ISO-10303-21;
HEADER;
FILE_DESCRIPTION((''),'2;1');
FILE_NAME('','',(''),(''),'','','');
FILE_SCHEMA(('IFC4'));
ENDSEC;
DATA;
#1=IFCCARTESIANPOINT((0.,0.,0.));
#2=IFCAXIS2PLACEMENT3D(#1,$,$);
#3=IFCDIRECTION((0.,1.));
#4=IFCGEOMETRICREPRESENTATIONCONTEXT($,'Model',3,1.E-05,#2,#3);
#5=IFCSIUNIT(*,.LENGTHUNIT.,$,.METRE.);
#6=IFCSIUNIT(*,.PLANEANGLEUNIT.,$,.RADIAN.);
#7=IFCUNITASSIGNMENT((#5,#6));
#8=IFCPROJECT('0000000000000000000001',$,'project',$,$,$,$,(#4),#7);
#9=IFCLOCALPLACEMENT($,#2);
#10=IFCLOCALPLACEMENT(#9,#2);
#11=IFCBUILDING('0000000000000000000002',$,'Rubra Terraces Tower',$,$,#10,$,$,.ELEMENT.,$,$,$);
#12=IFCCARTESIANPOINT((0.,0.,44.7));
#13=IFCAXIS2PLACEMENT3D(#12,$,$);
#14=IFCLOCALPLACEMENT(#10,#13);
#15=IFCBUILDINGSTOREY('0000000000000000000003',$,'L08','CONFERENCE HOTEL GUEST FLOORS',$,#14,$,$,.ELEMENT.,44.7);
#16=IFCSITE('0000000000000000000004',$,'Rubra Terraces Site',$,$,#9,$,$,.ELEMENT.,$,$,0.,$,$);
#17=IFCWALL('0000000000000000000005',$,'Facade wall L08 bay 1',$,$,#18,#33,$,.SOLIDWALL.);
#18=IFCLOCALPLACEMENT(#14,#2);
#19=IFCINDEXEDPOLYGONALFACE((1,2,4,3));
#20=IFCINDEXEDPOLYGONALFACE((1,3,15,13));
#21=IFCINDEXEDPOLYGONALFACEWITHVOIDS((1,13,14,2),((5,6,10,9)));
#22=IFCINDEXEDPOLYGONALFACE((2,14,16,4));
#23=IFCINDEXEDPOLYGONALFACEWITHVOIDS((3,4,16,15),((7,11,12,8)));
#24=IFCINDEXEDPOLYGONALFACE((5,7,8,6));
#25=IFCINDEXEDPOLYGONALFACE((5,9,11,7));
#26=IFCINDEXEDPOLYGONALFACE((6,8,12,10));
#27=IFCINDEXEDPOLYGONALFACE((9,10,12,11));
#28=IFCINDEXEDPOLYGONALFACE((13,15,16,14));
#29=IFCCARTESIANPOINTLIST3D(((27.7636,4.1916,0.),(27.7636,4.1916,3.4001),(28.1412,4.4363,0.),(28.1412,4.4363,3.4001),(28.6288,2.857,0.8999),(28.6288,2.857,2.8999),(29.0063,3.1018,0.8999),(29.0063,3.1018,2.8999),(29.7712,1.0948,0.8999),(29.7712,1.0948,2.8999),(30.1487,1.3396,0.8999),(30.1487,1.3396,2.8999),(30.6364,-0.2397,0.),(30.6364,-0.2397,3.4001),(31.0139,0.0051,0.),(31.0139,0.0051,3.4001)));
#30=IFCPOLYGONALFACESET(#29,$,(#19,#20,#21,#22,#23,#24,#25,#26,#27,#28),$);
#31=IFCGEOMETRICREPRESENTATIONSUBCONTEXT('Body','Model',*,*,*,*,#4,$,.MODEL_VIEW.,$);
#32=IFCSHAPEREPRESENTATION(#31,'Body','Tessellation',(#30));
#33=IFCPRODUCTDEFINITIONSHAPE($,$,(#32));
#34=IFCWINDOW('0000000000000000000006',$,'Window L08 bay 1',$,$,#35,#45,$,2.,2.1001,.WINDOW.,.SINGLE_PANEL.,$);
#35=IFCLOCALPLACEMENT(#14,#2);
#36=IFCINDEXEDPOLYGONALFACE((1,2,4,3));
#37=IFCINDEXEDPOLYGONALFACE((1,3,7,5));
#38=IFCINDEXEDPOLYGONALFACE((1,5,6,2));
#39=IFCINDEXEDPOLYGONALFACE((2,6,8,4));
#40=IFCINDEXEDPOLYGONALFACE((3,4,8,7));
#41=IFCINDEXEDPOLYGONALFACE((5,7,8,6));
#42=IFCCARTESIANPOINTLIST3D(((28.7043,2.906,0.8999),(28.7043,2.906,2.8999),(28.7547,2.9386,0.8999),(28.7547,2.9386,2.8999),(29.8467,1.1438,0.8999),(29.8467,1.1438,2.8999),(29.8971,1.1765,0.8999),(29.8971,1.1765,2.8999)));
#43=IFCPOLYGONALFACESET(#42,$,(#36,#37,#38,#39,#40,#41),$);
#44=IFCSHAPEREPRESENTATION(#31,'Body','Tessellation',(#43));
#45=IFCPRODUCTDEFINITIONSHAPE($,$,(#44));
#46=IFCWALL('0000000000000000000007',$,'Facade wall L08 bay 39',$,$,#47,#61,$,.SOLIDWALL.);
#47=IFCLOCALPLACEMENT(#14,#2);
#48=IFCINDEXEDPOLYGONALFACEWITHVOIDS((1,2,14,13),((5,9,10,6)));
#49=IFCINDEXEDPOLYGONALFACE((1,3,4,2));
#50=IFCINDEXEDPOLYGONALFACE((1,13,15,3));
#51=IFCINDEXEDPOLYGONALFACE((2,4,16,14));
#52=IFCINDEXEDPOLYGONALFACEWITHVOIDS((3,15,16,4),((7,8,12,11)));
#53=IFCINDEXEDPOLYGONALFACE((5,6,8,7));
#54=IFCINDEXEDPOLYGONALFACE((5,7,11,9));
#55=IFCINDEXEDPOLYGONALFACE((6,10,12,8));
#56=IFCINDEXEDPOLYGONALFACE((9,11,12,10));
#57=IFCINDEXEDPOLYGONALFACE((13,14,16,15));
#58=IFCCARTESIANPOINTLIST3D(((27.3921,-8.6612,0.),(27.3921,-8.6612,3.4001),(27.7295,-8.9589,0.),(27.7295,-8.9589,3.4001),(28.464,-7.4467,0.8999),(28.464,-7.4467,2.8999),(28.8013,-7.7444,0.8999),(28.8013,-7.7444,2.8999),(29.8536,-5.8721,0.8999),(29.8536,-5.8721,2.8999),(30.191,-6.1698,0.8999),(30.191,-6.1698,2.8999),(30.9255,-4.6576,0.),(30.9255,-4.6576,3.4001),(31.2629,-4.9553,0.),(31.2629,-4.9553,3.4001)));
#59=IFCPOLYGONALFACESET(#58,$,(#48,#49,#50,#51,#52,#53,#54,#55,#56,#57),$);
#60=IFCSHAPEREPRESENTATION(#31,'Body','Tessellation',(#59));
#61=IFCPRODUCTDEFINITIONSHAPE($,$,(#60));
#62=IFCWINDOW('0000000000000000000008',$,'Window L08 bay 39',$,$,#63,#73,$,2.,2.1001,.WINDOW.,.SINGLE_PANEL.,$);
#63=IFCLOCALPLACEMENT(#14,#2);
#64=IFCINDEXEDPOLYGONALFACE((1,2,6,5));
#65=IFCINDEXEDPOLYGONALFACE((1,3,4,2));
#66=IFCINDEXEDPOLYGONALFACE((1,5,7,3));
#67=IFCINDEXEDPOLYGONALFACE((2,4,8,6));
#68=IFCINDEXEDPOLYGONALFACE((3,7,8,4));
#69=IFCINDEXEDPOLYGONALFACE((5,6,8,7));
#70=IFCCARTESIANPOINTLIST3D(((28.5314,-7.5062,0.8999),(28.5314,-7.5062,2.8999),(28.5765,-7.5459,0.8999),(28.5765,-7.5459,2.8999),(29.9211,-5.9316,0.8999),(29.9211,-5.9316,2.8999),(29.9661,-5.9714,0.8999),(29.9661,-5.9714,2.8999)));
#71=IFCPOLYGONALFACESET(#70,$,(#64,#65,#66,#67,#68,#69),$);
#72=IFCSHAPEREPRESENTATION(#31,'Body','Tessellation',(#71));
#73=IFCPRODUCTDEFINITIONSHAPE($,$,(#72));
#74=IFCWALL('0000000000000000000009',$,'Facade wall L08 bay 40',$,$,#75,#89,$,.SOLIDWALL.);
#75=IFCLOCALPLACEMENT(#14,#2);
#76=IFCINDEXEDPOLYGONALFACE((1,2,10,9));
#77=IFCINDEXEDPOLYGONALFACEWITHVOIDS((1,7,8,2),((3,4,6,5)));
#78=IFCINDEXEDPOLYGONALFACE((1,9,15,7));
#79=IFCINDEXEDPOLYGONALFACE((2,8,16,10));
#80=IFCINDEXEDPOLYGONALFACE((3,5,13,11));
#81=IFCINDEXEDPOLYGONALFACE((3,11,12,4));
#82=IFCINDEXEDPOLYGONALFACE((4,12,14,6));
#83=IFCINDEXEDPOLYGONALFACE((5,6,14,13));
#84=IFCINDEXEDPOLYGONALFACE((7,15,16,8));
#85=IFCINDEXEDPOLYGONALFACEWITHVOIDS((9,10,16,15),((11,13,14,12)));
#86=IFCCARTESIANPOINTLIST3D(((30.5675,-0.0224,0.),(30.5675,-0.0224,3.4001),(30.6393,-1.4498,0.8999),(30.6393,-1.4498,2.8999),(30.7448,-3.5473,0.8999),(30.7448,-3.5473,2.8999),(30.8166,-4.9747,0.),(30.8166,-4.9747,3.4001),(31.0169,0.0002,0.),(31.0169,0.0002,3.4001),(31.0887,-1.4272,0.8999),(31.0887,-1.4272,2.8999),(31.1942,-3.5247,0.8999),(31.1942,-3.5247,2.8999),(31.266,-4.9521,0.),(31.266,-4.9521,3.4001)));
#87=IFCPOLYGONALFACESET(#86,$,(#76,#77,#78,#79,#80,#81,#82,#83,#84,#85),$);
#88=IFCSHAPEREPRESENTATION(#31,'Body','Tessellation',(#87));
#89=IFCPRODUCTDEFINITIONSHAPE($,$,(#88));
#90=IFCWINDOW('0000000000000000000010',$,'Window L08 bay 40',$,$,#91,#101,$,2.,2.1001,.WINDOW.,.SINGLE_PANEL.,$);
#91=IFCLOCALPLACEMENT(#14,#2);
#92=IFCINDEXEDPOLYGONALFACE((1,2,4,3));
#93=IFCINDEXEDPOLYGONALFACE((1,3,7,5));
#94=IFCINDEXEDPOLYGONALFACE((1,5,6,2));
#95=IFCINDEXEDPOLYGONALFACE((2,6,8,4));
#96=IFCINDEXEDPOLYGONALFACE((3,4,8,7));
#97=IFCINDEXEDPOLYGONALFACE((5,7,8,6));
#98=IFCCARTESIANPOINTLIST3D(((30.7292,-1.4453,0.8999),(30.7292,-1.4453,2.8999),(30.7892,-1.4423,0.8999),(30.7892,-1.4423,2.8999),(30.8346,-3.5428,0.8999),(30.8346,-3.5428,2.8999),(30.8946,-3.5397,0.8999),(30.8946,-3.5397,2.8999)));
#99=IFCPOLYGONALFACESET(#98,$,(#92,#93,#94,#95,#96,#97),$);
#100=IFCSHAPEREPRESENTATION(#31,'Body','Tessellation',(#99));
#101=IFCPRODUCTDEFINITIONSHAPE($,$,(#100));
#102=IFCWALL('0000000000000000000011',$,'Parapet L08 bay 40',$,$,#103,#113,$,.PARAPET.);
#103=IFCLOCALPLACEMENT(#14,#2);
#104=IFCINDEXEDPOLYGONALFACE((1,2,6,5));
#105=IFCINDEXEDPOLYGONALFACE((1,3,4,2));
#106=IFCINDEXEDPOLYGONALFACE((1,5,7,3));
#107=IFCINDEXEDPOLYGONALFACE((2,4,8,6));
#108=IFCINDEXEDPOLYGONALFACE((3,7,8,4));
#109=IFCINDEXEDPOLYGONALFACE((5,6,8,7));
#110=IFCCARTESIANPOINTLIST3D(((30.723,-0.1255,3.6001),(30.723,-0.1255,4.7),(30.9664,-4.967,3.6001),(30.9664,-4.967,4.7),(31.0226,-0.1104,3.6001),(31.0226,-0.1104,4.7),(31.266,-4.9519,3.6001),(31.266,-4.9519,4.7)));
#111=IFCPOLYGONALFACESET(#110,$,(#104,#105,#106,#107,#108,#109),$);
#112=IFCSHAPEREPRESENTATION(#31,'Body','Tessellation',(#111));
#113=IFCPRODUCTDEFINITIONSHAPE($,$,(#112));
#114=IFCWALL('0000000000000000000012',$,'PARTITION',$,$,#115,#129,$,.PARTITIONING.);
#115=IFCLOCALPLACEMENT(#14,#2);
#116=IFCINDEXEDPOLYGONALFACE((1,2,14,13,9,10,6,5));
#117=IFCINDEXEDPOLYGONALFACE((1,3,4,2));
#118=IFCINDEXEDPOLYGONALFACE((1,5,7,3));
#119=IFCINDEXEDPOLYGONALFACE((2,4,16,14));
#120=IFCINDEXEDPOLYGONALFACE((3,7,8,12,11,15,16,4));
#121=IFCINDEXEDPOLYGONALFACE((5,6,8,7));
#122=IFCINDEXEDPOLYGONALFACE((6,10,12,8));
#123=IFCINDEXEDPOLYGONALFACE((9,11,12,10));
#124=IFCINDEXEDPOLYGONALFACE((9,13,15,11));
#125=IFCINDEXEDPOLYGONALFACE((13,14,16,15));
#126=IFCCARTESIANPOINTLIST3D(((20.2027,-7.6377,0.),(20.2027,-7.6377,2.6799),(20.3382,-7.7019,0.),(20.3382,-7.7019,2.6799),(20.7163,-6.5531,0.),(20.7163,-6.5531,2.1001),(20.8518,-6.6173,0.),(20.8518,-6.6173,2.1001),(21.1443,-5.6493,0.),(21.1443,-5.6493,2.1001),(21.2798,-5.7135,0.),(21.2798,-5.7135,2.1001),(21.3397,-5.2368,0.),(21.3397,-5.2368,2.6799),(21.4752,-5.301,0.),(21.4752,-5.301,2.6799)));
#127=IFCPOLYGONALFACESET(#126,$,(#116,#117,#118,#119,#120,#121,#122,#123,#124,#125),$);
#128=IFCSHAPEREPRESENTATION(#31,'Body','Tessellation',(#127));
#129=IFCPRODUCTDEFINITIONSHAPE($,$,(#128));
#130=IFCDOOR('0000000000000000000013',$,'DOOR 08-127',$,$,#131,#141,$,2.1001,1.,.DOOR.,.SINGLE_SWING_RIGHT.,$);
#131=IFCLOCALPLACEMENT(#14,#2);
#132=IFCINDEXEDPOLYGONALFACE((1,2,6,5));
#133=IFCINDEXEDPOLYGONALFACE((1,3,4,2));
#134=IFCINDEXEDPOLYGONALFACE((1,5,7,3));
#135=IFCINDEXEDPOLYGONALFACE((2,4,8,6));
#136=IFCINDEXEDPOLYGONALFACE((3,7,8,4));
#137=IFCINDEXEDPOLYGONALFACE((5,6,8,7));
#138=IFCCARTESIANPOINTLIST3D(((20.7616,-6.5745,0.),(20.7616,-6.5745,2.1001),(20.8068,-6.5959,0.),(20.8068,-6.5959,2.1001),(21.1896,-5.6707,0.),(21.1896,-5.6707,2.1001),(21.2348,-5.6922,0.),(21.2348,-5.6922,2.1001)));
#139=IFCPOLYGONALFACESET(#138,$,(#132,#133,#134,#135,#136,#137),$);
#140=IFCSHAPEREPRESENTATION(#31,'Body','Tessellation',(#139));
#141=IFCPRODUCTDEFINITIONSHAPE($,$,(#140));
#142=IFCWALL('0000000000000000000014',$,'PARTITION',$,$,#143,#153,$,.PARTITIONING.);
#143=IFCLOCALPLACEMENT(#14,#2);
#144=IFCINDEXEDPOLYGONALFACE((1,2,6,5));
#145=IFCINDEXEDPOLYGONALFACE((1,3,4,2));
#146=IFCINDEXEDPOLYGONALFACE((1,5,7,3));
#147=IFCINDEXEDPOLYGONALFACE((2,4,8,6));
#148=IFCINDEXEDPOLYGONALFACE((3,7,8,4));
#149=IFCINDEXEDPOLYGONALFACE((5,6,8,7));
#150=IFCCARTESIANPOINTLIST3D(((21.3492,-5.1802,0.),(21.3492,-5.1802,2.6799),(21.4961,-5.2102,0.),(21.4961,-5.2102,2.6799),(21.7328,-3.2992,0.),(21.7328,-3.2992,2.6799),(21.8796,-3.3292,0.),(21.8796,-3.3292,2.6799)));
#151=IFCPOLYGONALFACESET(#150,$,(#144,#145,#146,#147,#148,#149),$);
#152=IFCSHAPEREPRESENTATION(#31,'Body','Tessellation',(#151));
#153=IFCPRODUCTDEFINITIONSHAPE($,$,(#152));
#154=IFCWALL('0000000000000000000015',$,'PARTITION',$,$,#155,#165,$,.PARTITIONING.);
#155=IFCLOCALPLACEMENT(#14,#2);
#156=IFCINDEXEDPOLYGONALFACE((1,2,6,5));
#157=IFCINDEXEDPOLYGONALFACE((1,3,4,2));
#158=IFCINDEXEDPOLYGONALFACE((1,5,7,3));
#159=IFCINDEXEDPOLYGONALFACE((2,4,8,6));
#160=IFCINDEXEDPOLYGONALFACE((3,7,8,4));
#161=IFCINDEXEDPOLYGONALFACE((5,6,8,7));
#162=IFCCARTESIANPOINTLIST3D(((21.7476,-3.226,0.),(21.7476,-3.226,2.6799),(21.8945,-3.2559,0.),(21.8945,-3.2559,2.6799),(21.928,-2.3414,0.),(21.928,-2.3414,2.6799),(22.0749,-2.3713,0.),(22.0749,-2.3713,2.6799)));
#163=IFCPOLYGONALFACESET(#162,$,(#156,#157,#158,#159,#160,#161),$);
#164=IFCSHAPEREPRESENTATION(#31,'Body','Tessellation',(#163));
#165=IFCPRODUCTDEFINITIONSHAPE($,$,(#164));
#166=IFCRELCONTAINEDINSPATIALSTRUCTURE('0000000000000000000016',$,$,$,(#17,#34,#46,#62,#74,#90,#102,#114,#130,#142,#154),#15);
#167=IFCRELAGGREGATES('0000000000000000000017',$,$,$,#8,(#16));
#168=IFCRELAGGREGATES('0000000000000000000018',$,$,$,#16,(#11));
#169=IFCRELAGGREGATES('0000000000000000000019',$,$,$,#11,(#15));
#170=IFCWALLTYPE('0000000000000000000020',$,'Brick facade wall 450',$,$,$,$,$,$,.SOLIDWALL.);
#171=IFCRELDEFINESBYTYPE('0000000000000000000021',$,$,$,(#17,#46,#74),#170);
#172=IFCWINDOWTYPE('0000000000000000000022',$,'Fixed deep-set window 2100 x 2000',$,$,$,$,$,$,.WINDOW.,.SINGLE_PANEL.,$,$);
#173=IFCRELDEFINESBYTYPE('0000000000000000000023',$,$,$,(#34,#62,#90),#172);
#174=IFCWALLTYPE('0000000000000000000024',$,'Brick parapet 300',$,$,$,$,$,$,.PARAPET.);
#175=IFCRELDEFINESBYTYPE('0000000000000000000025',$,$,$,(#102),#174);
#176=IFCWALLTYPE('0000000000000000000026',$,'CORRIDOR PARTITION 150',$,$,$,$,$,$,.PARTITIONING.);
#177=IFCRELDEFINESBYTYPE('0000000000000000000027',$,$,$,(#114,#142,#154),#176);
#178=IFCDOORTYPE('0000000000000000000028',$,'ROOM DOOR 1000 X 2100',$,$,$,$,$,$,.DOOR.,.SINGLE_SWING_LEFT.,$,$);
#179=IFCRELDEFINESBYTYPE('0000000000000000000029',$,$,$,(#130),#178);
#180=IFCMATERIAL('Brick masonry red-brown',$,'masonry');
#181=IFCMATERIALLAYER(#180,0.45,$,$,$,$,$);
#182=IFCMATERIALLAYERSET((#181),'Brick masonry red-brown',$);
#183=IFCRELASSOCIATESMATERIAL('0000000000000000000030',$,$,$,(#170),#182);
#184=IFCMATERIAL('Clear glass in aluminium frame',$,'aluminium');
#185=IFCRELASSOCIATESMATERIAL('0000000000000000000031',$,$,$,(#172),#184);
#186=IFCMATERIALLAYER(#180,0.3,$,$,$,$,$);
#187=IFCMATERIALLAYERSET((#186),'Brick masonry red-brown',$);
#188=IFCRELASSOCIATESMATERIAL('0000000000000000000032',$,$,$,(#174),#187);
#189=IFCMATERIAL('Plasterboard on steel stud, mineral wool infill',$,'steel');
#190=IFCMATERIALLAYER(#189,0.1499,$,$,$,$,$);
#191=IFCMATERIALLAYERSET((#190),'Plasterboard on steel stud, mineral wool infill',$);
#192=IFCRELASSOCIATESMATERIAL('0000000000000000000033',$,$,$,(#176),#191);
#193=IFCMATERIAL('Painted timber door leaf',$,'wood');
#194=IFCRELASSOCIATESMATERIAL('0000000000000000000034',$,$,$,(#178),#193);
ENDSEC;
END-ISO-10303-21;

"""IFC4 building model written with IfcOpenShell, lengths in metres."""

from ifc_helpers import new_model, si_unit, direction, frame, frame_2d, origin, place, context, subcontext, project, spatial, rectangle, extrude, material, layer, layer_set, type_object, element, fill, save


model = new_model("IFC4")

# Units and contexts
model_context = context("Model", 3, precision=1e-05, world=origin(), true_north=direction((0.0, 1.0)))
body_context = subcontext(model_context, "Body", "Model", "MODEL_VIEW")
ifc_project = project(units=[si_unit("LENGTHUNIT", "METRE"), si_unit("PLANEANGLEUNIT", "RADIAN")], contexts=[model_context])

# Site, building, storey
site_placement = place(None, origin())
site = spatial("IfcSite", under=ifc_project, at=site_placement, Name="Rubra Terraces Site", CompositionType="ELEMENT", RefElevation=0.0)
building_placement = place(site_placement, origin())
building = spatial("IfcBuilding", under=site, at=building_placement, Name="Rubra Terraces Tower", CompositionType="ELEMENT")
storey_placement = place(building_placement, frame((0.0, 0.0, 44.7)))
storey = spatial("IfcBuildingStorey", under=building, at=storey_placement, Name="L08", Description="CONFERENCE HOTEL GUEST FLOORS", CompositionType="ELEMENT", Elevation=44.7)

# Walls, openings, windows
ifc_material_1 = material(Name="Brick masonry red-brown", Category="masonry")
ifc_layer_1 = layer(ifc_material_1, 0.45)
ifc_layer_set_1 = layer_set([ifc_layer_1], Name="Brick masonry red-brown")
wall_type_1 = type_object("IfcWallType", Name="Brick facade wall 450", PredefinedType="SOLIDWALL", material=ifc_layer_set_1)
wall_1_placement = place(storey_placement, frame((30.8252, -0.1174, 0.0), z_axis=(0.0, 0.0, 1.0), x_axis=(-0.543976, 0.839101, 0.0)))
wall_1 = element("IfcWall", 1, at=wall_1_placement, inside=storey, type_object=wall_type_1, Name="Facade wall L08 bay 1", PredefinedType="SOLIDWALL", context=body_context, shape_type="SweptSolid", body=[
    extrude(rectangle(XDim=5.281, YDim=0.45, at=frame_2d((2.6406, 0.0))), origin(), (0.0, 0.0, 1.0), 3.4001),
])
opening_1_placement = place(wall_1_placement, frame((1.5906, 0.0, 0.8999)))
opening_1 = element("IfcOpeningElement", 2, at=opening_1_placement, cuts=wall_1, PredefinedType="OPENING", context=body_context, shape_type="SweptSolid", body=[
    extrude(rectangle(XDim=2.1001, YDim=2.0, at=frame_2d((1.05, 1.0))), frame((0.0, 0.2349, 0.0), z_axis=(0.0, -1.0, 0.0), x_axis=(1.0, 0.0, 0.0)), (0.0, 0.0, 1.0), 0.47),
])
ifc_material_2 = material(Name="Clear glass in aluminium frame", Category="aluminium")
window_type = type_object("IfcWindowType", Name="Fixed deep-set window 2100 x 2000", PartitioningType="SINGLE_PANEL", PredefinedType="WINDOW", material=ifc_material_2)
window_1_placement = place(opening_1_placement, origin())
window_1 = element("IfcWindow", 3, at=window_1_placement, inside=storey, type_object=window_type, Name="Window L08 bay 1", OverallHeight=2.0, OverallWidth=2.1001, PartitioningType="SINGLE_PANEL", PredefinedType="WINDOW", context=body_context, shape_type="SweptSolid", body=[
    extrude(rectangle(XDim=2.1001, YDim=2.0, at=frame_2d((1.05, 1.0))), frame((0.0, 0.135, 0.0), z_axis=(0.0, -1.0, 0.0), x_axis=(1.0, 0.0, 0.0)), (0.0, 0.0, 1.0), 0.0601),
])
fill(opening_1, window_1)
wall_2_placement = place(storey_placement, frame((27.5608, -8.8101, 0.0), z_axis=(0.0, 0.0, 1.0), x_axis=(0.661706, 0.749763, 0.0)))
wall_2 = element("IfcWall", 4, at=wall_2_placement, inside=storey, type_object=wall_type_1, Name="Facade wall L08 bay 39", PredefinedType="SOLIDWALL", context=body_context, shape_type="SweptSolid", body=[
    extrude(rectangle(XDim=5.3398, YDim=0.45, at=frame_2d((2.6699, 0.0))), origin(), (0.0, 0.0, 1.0), 3.4001),
])
opening_2_placement = place(wall_2_placement, frame((1.6199, 0.0, 0.8999)))
opening_2 = element("IfcOpeningElement", 5, at=opening_2_placement, cuts=wall_2, PredefinedType="OPENING", context=body_context, shape_type="SweptSolid", body=[
    extrude(rectangle(XDim=2.1001, YDim=2.0, at=frame_2d((1.05, 1.0))), frame((0.0, 0.2349, 0.0), z_axis=(0.0, -1.0, 0.0), x_axis=(1.0, 0.0, 0.0)), (0.0, 0.0, 1.0), 0.47),
])
window_2_placement = place(opening_2_placement, origin())
window_2 = element("IfcWindow", 6, at=window_2_placement, inside=storey, type_object=window_type, Name="Window L08 bay 39", OverallHeight=2.0, OverallWidth=2.1001, PartitioningType="SINGLE_PANEL", PredefinedType="WINDOW", context=body_context, shape_type="SweptSolid", body=[
    extrude(rectangle(XDim=2.1001, YDim=2.0, at=frame_2d((1.05, 1.0))), frame((0.0, 0.135, 0.0), z_axis=(0.0, -1.0, 0.0), x_axis=(1.0, 0.0, 0.0)), (0.0, 0.0, 1.0), 0.0601),
])
fill(opening_2, window_2)
wall_3_placement = place(storey_placement, frame((31.0413, -4.9634, 0.0), z_axis=(0.0, 0.0, 1.0), x_axis=(-0.050222, 0.998738, 0.0)))
wall_3 = element("IfcWall", 7, at=wall_3_placement, inside=storey, type_object=wall_type_1, Name="Facade wall L08 bay 40", PredefinedType="SOLIDWALL", context=body_context, shape_type="SweptSolid", body=[
    extrude(rectangle(XDim=4.9585, YDim=0.45, at=frame_2d((2.4792, 0.0))), origin(), (0.0, 0.0, 1.0), 3.4001),
])
opening_3_placement = place(wall_3_placement, frame((1.4292, 0.0, 0.8999)))
opening_3 = element("IfcOpeningElement", 8, at=opening_3_placement, cuts=wall_3, PredefinedType="OPENING", context=body_context, shape_type="SweptSolid", body=[
    extrude(rectangle(XDim=2.1001, YDim=2.0, at=frame_2d((1.05, 1.0))), frame((0.0, 0.2349, 0.0), z_axis=(0.0, -1.0, 0.0), x_axis=(1.0, 0.0, 0.0)), (0.0, 0.0, 1.0), 0.47),
])
window_3_placement = place(opening_3_placement, origin())
window_3 = element("IfcWindow", 9, at=window_3_placement, inside=storey, type_object=window_type, Name="Window L08 bay 40", OverallHeight=2.0, OverallWidth=2.1001, PartitioningType="SINGLE_PANEL", PredefinedType="WINDOW", context=body_context, shape_type="SweptSolid", body=[
    extrude(rectangle(XDim=2.1001, YDim=2.0, at=frame_2d((1.05, 1.0))), frame((0.0, 0.135, 0.0), z_axis=(0.0, -1.0, 0.0), x_axis=(1.0, 0.0, 0.0)), (0.0, 0.0, 1.0), 0.0601),
])
fill(opening_3, window_3)

# Wall
ifc_layer_2 = layer(ifc_material_1, 0.3)
ifc_layer_set_2 = layer_set([ifc_layer_2], Name="Brick masonry red-brown")
wall_type_2 = type_object("IfcWallType", Name="Brick parapet 300", PredefinedType="PARAPET", material=ifc_layer_set_2)
wall_4_placement = place(storey_placement, frame((31.1162, -4.9595, 3.6001), z_axis=(0.0, 0.0, 1.0), x_axis=(-0.050211, 0.998739, 0.0)))
element("IfcWall", 10, at=wall_4_placement, inside=storey, type_object=wall_type_2, Name="Parapet L08 bay 40", PredefinedType="PARAPET", context=body_context, shape_type="SweptSolid", body=[
    extrude(rectangle(XDim=4.8477, YDim=0.3, at=frame_2d((2.4238, 0.0))), origin(), (0.0, 0.0, 1.0), 1.0999),
])

# Wall, opening, door
ifc_material_3 = material(Name="Plasterboard on steel stud, mineral wool infill", Category="steel")
ifc_layer_3 = layer(ifc_material_3, 0.1499)
ifc_layer_set_3 = layer_set([ifc_layer_3], Name="Plasterboard on steel stud, mineral wool infill")
wall_type_3 = type_object("IfcWallType", Name="CORRIDOR PARTITION 150", PredefinedType="PARTITIONING", material=ifc_layer_set_3)
wall_5_placement = place(storey_placement, frame((20.2705, -7.6697, 0.0), z_axis=(0.0, 0.0, 1.0), x_axis=(0.427995, 0.903781, 0.0)))
wall_5 = element("IfcWall", 11, at=wall_5_placement, inside=storey, type_object=wall_type_3, Name="PARTITION", PredefinedType="PARTITIONING", context=body_context, shape_type="SweptSolid", body=[
    extrude(rectangle(XDim=2.6565, YDim=0.1499, at=frame_2d((1.3281, 0.0))), origin(), (0.0, 0.0, 1.0), 2.6799),
])
opening_4_placement = place(wall_5_placement, frame((1.2, 0.0, 0.0)))
opening_4 = element("IfcOpeningElement", 12, at=opening_4_placement, cuts=wall_5, PredefinedType="OPENING", context=body_context, shape_type="SweptSolid", body=[
    extrude(rectangle(XDim=1.0, YDim=2.1001, at=frame_2d((0.5, 1.05))), frame((0.0, 0.085, 0.0), z_axis=(0.0, -1.0, 0.0), x_axis=(1.0, 0.0, 0.0)), (0.0, 0.0, 1.0), 0.1699),
])
ifc_material_4 = material(Name="Painted timber door leaf", Category="wood")
door_type_1 = type_object("IfcDoorType", Name="ROOM DOOR 1000 X 2100", OperationType="SINGLE_SWING_LEFT", PredefinedType="DOOR", material=ifc_material_4)
door_1_placement = place(opening_4_placement, origin())
door_1 = element("IfcDoor", 13, at=door_1_placement, inside=storey, type_object=door_type_1, Name="DOOR 08-127", OperationType="SINGLE_SWING_RIGHT", OverallHeight=2.1001, OverallWidth=1.0, PredefinedType="DOOR", context=body_context, shape_type="SweptSolid", body=[
    extrude(rectangle(XDim=1.0, YDim=2.1001, at=frame_2d((0.5, 1.05))), frame((0.0, 0.0249, 0.0), z_axis=(0.0, -1.0, 0.0), x_axis=(1.0, 0.0, 0.0)), (0.0, 0.0, 1.0), 0.05),
])
fill(opening_4, door_1)

# Walls
wall_6_placement = place(storey_placement, frame((21.4226, -5.1953, 0.0), z_axis=(0.0, 0.0, 1.0), x_axis=(0.199808, 0.979835, 0.0)))
element("IfcWall", 14, at=wall_6_placement, inside=storey, type_object=wall_type_3, Name="PARTITION", PredefinedType="PARTITIONING", context=body_context, shape_type="SweptSolid", body=[
    extrude(rectangle(XDim=1.9197, YDim=0.1499, at=frame_2d((0.96, 0.0))), origin(), (0.0, 0.0, 1.0), 2.6799),
])
wall_7_placement = place(storey_placement, frame((21.821, -3.241, 0.0), z_axis=(0.0, 0.0, 1.0), x_axis=(0.199859, 0.979825, 0.0)))
element("IfcWall", 15, at=wall_7_placement, inside=storey, type_object=wall_type_3, Name="PARTITION", PredefinedType="PARTITIONING", context=body_context, shape_type="SweptSolid", body=[
    extrude(rectangle(XDim=0.9028, YDim=0.1499, at=frame_2d((0.4514, 0.0))), origin(), (0.0, 0.0, 1.0), 2.6799),
])

save(model, "model.ifc")
